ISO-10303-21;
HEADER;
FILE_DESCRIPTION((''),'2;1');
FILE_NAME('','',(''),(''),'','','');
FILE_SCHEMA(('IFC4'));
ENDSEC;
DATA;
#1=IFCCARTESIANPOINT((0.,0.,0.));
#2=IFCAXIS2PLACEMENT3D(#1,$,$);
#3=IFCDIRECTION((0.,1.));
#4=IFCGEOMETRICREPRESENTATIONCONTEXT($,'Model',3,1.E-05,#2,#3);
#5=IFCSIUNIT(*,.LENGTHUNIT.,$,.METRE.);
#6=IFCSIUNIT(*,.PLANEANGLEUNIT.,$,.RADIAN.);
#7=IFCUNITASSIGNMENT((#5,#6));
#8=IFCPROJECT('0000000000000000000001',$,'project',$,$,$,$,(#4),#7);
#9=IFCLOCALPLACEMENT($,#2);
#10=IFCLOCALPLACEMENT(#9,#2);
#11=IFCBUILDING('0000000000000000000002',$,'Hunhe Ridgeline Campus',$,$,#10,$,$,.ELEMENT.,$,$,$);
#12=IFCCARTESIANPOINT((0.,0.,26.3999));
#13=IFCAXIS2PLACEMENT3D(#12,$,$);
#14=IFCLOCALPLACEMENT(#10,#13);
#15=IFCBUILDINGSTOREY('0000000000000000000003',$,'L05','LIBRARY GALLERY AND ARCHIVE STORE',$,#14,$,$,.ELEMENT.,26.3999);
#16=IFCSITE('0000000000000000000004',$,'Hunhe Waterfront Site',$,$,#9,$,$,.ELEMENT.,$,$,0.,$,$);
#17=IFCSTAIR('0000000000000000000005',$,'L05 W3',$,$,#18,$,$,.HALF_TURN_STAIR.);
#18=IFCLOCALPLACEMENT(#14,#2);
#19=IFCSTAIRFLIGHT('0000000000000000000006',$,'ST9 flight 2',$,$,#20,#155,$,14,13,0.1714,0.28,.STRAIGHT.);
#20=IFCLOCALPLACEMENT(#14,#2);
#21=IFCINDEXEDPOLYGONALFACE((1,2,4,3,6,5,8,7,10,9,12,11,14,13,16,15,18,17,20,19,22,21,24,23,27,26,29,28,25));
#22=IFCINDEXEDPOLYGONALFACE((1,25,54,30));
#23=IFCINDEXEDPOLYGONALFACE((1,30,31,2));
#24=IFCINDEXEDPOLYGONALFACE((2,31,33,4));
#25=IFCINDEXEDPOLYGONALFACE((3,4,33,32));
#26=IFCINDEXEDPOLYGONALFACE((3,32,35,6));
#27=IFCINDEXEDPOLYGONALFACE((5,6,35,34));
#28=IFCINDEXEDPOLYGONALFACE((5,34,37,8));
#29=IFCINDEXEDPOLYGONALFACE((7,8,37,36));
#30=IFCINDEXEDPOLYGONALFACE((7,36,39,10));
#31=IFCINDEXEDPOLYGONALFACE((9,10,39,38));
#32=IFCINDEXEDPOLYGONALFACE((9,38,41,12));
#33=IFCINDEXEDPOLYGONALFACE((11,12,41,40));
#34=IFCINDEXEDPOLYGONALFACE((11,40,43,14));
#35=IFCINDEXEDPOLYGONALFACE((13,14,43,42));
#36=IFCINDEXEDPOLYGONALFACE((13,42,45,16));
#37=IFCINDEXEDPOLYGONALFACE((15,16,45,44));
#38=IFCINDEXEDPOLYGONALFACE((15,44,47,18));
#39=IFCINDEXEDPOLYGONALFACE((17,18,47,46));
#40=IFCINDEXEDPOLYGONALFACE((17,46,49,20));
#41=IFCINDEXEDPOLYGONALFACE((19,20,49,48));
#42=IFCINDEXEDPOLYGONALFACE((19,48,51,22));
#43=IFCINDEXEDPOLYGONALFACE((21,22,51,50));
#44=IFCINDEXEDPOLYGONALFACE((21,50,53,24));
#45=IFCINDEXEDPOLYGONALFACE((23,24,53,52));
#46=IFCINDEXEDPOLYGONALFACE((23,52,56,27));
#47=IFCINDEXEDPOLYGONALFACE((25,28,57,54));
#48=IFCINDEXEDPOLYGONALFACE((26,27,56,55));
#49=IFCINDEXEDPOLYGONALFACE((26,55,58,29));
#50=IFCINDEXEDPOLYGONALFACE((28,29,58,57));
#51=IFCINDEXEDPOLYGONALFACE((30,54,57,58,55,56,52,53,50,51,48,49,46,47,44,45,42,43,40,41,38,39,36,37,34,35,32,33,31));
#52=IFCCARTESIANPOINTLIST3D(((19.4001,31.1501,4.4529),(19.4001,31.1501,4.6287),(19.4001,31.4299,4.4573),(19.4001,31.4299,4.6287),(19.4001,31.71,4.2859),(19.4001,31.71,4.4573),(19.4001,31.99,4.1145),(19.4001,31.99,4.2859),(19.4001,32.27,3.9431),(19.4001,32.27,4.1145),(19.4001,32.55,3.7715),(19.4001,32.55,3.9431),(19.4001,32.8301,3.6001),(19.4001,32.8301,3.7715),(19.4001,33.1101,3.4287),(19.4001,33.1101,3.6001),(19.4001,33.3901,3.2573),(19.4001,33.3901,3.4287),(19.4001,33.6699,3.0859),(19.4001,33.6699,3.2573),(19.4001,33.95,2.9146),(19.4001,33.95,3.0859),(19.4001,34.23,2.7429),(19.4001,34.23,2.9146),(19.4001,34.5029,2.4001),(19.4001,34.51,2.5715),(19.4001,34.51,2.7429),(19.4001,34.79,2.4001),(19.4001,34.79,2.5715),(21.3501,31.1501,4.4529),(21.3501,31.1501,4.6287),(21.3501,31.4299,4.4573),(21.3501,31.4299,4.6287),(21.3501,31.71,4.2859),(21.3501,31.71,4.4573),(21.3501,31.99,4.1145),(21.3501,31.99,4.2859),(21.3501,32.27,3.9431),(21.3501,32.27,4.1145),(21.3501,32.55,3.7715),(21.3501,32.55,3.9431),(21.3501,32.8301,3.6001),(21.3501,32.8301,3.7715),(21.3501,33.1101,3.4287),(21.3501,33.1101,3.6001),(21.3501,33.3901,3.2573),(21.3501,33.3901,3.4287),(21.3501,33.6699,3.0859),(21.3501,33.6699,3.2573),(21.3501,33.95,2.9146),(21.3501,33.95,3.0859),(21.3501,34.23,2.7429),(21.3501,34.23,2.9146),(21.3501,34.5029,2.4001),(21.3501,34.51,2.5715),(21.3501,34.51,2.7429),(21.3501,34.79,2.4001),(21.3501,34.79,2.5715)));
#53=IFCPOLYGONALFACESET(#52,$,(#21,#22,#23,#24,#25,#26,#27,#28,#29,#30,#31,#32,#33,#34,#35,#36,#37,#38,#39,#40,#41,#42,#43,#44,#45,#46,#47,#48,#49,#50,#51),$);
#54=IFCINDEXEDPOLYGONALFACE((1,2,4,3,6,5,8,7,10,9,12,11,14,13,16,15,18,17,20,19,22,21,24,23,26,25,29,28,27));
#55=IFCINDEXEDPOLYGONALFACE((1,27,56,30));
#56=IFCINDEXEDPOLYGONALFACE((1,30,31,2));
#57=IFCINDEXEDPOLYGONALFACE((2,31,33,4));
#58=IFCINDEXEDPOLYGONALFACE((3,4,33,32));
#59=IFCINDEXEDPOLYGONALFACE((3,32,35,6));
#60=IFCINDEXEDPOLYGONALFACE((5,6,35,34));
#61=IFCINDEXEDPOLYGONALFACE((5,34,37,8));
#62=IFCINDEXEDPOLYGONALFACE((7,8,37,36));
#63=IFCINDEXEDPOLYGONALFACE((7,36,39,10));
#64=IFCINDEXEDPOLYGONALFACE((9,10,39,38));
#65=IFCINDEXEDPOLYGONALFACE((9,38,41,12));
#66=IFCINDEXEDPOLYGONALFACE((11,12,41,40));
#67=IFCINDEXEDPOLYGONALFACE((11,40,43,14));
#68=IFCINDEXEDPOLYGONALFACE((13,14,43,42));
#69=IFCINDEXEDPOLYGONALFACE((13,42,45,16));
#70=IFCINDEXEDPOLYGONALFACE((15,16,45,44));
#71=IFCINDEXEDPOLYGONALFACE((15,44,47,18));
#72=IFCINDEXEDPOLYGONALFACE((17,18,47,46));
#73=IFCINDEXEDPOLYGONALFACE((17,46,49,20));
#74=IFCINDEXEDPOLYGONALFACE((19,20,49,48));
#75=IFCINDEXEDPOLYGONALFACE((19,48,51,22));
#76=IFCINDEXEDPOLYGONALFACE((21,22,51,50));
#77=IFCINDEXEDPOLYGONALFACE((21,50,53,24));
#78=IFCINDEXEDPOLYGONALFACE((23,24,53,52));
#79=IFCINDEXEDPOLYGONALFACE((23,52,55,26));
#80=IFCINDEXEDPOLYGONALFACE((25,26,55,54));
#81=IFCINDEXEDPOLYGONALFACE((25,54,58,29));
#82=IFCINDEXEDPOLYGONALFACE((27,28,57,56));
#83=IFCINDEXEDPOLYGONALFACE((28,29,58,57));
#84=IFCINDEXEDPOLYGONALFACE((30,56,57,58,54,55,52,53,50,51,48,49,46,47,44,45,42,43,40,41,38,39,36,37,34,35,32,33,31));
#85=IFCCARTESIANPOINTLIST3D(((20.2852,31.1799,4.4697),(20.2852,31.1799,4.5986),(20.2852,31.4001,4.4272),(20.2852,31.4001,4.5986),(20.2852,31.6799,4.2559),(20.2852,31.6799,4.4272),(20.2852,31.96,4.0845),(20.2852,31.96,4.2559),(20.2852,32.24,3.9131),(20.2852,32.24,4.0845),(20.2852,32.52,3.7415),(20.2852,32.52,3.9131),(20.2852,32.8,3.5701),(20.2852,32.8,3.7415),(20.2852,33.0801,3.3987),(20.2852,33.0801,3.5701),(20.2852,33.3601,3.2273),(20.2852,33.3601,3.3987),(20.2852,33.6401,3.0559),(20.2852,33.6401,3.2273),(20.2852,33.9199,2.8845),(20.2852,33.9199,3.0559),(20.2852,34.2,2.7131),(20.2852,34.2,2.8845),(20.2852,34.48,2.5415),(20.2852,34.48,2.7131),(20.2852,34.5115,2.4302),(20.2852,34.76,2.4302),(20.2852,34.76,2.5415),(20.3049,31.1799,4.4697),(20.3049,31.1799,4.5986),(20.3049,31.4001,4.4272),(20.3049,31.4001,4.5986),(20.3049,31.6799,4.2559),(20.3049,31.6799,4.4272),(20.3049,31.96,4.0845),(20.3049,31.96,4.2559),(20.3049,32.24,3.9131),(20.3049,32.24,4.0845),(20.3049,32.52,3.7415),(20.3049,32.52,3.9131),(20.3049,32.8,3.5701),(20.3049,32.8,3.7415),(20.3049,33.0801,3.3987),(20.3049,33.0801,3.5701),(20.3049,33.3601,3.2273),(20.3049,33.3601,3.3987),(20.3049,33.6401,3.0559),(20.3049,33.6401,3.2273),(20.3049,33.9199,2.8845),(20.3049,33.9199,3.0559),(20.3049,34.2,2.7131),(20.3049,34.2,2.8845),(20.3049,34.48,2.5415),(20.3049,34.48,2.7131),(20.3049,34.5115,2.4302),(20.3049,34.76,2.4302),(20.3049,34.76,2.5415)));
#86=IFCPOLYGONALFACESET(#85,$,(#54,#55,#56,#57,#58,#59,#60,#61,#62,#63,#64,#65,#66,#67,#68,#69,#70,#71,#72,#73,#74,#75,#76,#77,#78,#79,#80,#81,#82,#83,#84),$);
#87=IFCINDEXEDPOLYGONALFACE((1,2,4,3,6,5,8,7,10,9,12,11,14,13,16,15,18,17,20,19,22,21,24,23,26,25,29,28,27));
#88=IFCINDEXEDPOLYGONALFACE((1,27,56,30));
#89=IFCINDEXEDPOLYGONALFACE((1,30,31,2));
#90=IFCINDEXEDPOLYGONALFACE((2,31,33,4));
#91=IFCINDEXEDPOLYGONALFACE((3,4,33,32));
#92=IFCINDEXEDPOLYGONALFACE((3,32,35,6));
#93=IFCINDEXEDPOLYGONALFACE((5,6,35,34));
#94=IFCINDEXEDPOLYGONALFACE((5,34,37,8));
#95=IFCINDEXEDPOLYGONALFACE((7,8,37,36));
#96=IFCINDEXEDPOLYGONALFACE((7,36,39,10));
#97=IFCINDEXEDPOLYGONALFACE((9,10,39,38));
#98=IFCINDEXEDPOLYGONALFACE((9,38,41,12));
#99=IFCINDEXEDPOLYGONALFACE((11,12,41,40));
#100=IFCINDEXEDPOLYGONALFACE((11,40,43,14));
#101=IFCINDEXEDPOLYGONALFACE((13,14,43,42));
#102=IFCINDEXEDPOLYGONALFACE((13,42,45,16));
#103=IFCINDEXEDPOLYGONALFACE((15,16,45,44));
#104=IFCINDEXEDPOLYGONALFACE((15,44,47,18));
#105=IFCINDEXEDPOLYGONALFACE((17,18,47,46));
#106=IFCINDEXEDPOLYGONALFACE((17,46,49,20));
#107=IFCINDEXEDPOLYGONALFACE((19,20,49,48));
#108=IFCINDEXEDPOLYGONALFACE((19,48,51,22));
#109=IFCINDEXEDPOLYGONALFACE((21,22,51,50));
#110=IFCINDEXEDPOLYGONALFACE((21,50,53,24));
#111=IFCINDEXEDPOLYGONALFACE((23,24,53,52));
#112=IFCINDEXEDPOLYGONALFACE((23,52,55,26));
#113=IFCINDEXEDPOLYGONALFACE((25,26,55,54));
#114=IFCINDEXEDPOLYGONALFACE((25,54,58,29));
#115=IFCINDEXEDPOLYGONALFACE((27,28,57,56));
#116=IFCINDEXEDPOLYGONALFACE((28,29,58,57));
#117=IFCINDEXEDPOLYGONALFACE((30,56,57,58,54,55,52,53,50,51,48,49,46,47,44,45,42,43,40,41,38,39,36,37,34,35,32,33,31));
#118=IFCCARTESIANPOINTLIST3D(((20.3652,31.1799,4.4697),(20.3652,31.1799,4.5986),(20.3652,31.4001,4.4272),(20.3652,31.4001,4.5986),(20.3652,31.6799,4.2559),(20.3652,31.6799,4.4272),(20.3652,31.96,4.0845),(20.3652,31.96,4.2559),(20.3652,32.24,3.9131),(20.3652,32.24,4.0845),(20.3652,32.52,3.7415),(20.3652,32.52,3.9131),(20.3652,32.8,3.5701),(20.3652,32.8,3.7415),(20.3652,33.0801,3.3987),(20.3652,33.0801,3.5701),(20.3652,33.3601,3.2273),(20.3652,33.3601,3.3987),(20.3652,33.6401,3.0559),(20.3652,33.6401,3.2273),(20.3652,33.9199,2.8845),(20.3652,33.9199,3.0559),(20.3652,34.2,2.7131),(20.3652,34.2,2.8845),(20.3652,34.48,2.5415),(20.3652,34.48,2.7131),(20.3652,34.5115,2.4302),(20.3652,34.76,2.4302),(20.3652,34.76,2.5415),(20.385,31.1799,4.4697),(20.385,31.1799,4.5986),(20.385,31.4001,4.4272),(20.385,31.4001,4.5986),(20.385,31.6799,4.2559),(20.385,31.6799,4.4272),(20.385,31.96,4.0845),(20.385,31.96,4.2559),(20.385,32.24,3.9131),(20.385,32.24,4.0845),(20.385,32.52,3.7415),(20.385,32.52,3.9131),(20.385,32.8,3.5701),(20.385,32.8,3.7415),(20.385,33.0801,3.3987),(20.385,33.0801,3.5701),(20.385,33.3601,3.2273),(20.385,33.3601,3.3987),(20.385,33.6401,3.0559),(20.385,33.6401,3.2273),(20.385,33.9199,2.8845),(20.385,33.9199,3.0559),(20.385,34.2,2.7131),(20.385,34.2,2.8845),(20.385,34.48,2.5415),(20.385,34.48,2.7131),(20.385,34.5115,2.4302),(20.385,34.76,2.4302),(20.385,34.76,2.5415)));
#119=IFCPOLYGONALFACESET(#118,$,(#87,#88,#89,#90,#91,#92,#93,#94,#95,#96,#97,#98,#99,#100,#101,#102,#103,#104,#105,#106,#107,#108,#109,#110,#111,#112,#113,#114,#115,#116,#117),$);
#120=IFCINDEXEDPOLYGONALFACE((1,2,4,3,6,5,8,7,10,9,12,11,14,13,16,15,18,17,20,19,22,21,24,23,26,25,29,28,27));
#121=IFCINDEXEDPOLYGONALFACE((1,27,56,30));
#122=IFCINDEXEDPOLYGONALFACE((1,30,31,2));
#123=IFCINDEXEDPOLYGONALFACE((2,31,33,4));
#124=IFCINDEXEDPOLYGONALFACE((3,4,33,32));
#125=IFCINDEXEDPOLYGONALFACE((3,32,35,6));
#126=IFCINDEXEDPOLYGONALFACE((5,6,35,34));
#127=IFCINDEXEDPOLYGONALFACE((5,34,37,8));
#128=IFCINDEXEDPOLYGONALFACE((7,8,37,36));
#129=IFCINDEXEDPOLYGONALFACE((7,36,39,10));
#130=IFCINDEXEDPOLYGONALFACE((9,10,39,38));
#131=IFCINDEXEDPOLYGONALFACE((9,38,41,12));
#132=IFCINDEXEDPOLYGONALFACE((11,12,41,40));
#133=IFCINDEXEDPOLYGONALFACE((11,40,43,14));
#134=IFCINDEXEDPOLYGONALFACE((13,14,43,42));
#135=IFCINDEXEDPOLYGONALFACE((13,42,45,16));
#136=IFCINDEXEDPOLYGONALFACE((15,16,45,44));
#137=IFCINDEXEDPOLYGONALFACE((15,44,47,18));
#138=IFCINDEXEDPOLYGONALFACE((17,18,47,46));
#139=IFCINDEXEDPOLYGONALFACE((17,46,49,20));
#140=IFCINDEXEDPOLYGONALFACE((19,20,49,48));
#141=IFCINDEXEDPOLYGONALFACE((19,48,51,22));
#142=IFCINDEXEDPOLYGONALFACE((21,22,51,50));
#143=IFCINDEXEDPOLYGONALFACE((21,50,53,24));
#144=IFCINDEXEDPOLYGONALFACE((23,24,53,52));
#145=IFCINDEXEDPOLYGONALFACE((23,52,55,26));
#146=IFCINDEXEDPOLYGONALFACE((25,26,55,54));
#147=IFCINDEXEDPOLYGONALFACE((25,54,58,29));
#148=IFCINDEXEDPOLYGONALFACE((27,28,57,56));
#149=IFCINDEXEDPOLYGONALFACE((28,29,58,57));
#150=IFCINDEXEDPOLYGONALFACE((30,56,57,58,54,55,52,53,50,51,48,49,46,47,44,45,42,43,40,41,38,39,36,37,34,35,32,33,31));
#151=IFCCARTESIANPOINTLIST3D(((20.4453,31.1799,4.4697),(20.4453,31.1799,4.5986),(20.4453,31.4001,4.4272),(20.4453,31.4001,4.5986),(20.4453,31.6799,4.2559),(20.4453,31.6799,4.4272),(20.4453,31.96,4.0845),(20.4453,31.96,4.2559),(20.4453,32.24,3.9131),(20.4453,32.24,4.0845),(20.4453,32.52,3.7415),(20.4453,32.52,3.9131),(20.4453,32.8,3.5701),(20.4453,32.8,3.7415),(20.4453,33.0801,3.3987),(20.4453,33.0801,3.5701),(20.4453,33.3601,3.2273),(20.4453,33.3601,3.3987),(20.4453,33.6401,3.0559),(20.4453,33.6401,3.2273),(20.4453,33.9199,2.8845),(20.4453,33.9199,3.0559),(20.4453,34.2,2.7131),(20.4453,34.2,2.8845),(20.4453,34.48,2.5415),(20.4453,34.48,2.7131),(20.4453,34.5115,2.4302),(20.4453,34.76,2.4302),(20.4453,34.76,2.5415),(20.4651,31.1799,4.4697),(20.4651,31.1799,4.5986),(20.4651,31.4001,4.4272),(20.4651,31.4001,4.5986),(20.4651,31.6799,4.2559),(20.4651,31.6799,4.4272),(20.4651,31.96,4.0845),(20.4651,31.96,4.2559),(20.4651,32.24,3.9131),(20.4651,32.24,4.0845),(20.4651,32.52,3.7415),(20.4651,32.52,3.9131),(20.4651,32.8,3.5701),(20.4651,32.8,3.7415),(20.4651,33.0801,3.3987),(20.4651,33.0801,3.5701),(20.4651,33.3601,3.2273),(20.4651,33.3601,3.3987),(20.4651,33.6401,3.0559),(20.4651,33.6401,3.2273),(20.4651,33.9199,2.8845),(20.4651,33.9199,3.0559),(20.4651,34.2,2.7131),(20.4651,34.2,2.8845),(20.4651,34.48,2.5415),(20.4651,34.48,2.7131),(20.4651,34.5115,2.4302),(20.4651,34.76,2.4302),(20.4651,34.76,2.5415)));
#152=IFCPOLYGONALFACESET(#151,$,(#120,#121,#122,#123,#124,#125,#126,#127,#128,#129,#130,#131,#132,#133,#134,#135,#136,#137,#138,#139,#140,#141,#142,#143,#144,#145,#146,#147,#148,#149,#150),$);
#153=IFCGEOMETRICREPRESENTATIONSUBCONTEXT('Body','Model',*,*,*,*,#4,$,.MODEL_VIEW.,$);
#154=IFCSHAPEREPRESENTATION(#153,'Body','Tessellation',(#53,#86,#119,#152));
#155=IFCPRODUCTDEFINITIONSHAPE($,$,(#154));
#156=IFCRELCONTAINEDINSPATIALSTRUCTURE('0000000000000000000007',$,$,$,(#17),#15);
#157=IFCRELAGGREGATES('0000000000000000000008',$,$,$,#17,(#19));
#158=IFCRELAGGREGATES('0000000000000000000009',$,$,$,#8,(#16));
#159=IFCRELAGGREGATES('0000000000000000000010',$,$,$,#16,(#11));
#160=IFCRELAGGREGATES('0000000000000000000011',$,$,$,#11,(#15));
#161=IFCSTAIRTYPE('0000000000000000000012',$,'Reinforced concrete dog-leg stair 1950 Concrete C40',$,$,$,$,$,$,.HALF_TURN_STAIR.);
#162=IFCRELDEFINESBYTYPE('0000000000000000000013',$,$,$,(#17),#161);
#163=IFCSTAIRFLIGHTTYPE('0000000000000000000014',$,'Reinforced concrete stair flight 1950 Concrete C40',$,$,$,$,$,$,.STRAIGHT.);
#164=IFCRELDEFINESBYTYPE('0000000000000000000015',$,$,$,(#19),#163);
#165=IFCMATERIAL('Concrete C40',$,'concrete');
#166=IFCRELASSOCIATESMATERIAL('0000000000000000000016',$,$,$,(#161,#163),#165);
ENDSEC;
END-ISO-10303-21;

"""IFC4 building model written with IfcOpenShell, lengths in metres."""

from ifc_helpers import new_model, si_unit, direction, frame, origin, place, context, subcontext, project, spatial, polyline, outline, extrude, material, type_object, element, aggregate, save


model = new_model("IFC4")

# Units and contexts
model_context = context("Model", 3, precision=1e-05, world=origin(), true_north=direction((0.0, 1.0)))
body_context = subcontext(model_context, "Body", "Model", "MODEL_VIEW")
ifc_project = project(units=[si_unit("LENGTHUNIT", "METRE"), si_unit("PLANEANGLEUNIT", "RADIAN")], contexts=[model_context])

# Site, building, storey
site_placement = place(None, origin())
site = spatial("IfcSite", under=ifc_project, at=site_placement, Name="Hunhe Waterfront Site", CompositionType="ELEMENT", RefElevation=0.0)
building_placement = place(site_placement, origin())
building = spatial("IfcBuilding", under=site, at=building_placement, Name="Hunhe Ridgeline Campus", CompositionType="ELEMENT")
storey_placement = place(building_placement, frame((0.0, 0.0, 26.3999)))
storey = spatial("IfcBuildingStorey", under=building, at=storey_placement, Name="L05", Description="LIBRARY GALLERY AND ARCHIVE STORE", CompositionType="ELEMENT", Elevation=26.3999)

# Stair, stair flight
ifc_material_1 = material(Name="Concrete C40", Category="concrete")
stair_type = type_object("IfcStairType", Name="Reinforced concrete dog-leg stair 1950 Concrete C40", PredefinedType="HALF_TURN_STAIR", material=ifc_material_1)
stair_placement = place(storey_placement, origin())
stair = element("IfcStair", 1, at=stair_placement, inside=storey, type_object=stair_type, Name="L05 W3", PredefinedType="HALF_TURN_STAIR")
stair_flight_type = type_object("IfcStairFlightType", Name="Reinforced concrete stair flight 1950 Concrete C40", PredefinedType="STRAIGHT", material=ifc_material_1)
stair_flight_1_placement = place(storey_placement, frame((20.375, 34.79, 2.4001), z_axis=(0.0, 0.0, 1.0), x_axis=(0.0, -1.0, 0.0)))
stair_flight_1 = element("IfcStairFlight", 2, at=stair_flight_1_placement, type_object=stair_flight_type, Name="ST9 flight 2", NumberOfRisers=14, NumberOfTreads=13, PredefinedType="STRAIGHT", RiserHeight=0.1714, TreadLength=0.28, context=body_context, shape_type="SweptSolid", body=[
    extrude(outline(polyline([(0.0, 0.0), (0.0, 0.1714), (0.28, 0.1714), (0.28, 0.3428), (0.5601, 0.3428), (0.5601, 0.5144), (0.8401, 0.5144), (0.8401, 0.6858), (1.1201, 0.6858), (1.1201, 0.8572), (1.3999, 0.8572), (1.3999, 1.0286), (1.6799, 1.0286), (1.6799, 1.2), (1.96, 1.2), (1.96, 1.3713), (2.24, 1.3713), (2.24, 1.543), (2.52, 1.543), (2.52, 1.7144), (2.8, 1.7144), (2.8, 1.8857), (3.0801, 1.8857), (3.0801, 2.0571), (3.3601, 2.0571), (3.3601, 2.2285), (3.6399, 2.2285), (3.6399, 2.3999), (3.6399, 2.0527), (0.2871, 0.0), (0.0, 0.0)])), frame((0.0, 0.9751, 0.0), z_axis=(0.0, -1.0, 0.0), x_axis=(1.0, 0.0, 0.0)), (0.0, 0.0, 1.0), 1.95),
    extrude(outline(polyline([(0.03, 0.03), (0.03, 0.1414), (0.3101, 0.1414), (0.3101, 0.313), (0.5901, 0.313), (0.5901, 0.4844), (0.8701, 0.4844), (0.8701, 0.6558), (1.1499, 0.6558), (1.1499, 0.8271), (1.4299, 0.8271), (1.4299, 0.9985), (1.71, 0.9985), (1.71, 1.1699), (1.99, 1.1699), (1.99, 1.3413), (2.27, 1.3413), (2.27, 1.5129), (2.55, 1.5129), (2.55, 1.6843), (2.8301, 1.6843), (2.8301, 1.8557), (3.1101, 1.8557), (3.1101, 2.0271), (3.3899, 2.0271), (3.3899, 2.1985), (3.6101, 2.1985), (3.6101, 2.0696), (0.2786, 0.03), (0.03, 0.03)])), frame((0.0, -0.0701, 0.0), z_axis=(0.0, -1.0, 0.0), x_axis=(1.0, 0.0, 0.0)), (0.0, 0.0, 1.0), 0.0198),
    extrude(outline(polyline([(0.03, 0.03), (0.03, 0.1414), (0.3101, 0.1414), (0.3101, 0.313), (0.5901, 0.313), (0.5901, 0.4844), (0.8701, 0.4844), (0.8701, 0.6558), (1.1499, 0.6558), (1.1499, 0.8271), (1.4299, 0.8271), (1.4299, 0.9985), (1.71, 0.9985), (1.71, 1.1699), (1.99, 1.1699), (1.99, 1.3413), (2.27, 1.3413), (2.27, 1.5129), (2.55, 1.5129), (2.55, 1.6843), (2.8301, 1.6843), (2.8301, 1.8557), (3.1101, 1.8557), (3.1101, 2.0271), (3.3899, 2.0271), (3.3899, 2.1985), (3.6101, 2.1985), (3.6101, 2.0696), (0.2786, 0.03), (0.03, 0.03)])), frame((0.0, 0.01, 0.0), z_axis=(0.0, -1.0, 0.0), x_axis=(1.0, 0.0, 0.0)), (0.0, 0.0, 1.0), 0.0198),
    extrude(outline(polyline([(0.03, 0.03), (0.03, 0.1414), (0.3101, 0.1414), (0.3101, 0.313), (0.5901, 0.313), (0.5901, 0.4844), (0.8701, 0.4844), (0.8701, 0.6558), (1.1499, 0.6558), (1.1499, 0.8271), (1.4299, 0.8271), (1.4299, 0.9985), (1.71, 0.9985), (1.71, 1.1699), (1.99, 1.1699), (1.99, 1.3413), (2.27, 1.3413), (2.27, 1.5129), (2.55, 1.5129), (2.55, 1.6843), (2.8301, 1.6843), (2.8301, 1.8557), (3.1101, 1.8557), (3.1101, 2.0271), (3.3899, 2.0271), (3.3899, 2.1985), (3.6101, 2.1985), (3.6101, 2.0696), (0.2786, 0.03), (0.03, 0.03)])), frame((0.0, 0.0901, 0.0), z_axis=(0.0, -1.0, 0.0), x_axis=(1.0, 0.0, 0.0)), (0.0, 0.0, 1.0), 0.0198),
])
aggregate(stair, [stair_flight_1])

save(model, "model.ifc")
